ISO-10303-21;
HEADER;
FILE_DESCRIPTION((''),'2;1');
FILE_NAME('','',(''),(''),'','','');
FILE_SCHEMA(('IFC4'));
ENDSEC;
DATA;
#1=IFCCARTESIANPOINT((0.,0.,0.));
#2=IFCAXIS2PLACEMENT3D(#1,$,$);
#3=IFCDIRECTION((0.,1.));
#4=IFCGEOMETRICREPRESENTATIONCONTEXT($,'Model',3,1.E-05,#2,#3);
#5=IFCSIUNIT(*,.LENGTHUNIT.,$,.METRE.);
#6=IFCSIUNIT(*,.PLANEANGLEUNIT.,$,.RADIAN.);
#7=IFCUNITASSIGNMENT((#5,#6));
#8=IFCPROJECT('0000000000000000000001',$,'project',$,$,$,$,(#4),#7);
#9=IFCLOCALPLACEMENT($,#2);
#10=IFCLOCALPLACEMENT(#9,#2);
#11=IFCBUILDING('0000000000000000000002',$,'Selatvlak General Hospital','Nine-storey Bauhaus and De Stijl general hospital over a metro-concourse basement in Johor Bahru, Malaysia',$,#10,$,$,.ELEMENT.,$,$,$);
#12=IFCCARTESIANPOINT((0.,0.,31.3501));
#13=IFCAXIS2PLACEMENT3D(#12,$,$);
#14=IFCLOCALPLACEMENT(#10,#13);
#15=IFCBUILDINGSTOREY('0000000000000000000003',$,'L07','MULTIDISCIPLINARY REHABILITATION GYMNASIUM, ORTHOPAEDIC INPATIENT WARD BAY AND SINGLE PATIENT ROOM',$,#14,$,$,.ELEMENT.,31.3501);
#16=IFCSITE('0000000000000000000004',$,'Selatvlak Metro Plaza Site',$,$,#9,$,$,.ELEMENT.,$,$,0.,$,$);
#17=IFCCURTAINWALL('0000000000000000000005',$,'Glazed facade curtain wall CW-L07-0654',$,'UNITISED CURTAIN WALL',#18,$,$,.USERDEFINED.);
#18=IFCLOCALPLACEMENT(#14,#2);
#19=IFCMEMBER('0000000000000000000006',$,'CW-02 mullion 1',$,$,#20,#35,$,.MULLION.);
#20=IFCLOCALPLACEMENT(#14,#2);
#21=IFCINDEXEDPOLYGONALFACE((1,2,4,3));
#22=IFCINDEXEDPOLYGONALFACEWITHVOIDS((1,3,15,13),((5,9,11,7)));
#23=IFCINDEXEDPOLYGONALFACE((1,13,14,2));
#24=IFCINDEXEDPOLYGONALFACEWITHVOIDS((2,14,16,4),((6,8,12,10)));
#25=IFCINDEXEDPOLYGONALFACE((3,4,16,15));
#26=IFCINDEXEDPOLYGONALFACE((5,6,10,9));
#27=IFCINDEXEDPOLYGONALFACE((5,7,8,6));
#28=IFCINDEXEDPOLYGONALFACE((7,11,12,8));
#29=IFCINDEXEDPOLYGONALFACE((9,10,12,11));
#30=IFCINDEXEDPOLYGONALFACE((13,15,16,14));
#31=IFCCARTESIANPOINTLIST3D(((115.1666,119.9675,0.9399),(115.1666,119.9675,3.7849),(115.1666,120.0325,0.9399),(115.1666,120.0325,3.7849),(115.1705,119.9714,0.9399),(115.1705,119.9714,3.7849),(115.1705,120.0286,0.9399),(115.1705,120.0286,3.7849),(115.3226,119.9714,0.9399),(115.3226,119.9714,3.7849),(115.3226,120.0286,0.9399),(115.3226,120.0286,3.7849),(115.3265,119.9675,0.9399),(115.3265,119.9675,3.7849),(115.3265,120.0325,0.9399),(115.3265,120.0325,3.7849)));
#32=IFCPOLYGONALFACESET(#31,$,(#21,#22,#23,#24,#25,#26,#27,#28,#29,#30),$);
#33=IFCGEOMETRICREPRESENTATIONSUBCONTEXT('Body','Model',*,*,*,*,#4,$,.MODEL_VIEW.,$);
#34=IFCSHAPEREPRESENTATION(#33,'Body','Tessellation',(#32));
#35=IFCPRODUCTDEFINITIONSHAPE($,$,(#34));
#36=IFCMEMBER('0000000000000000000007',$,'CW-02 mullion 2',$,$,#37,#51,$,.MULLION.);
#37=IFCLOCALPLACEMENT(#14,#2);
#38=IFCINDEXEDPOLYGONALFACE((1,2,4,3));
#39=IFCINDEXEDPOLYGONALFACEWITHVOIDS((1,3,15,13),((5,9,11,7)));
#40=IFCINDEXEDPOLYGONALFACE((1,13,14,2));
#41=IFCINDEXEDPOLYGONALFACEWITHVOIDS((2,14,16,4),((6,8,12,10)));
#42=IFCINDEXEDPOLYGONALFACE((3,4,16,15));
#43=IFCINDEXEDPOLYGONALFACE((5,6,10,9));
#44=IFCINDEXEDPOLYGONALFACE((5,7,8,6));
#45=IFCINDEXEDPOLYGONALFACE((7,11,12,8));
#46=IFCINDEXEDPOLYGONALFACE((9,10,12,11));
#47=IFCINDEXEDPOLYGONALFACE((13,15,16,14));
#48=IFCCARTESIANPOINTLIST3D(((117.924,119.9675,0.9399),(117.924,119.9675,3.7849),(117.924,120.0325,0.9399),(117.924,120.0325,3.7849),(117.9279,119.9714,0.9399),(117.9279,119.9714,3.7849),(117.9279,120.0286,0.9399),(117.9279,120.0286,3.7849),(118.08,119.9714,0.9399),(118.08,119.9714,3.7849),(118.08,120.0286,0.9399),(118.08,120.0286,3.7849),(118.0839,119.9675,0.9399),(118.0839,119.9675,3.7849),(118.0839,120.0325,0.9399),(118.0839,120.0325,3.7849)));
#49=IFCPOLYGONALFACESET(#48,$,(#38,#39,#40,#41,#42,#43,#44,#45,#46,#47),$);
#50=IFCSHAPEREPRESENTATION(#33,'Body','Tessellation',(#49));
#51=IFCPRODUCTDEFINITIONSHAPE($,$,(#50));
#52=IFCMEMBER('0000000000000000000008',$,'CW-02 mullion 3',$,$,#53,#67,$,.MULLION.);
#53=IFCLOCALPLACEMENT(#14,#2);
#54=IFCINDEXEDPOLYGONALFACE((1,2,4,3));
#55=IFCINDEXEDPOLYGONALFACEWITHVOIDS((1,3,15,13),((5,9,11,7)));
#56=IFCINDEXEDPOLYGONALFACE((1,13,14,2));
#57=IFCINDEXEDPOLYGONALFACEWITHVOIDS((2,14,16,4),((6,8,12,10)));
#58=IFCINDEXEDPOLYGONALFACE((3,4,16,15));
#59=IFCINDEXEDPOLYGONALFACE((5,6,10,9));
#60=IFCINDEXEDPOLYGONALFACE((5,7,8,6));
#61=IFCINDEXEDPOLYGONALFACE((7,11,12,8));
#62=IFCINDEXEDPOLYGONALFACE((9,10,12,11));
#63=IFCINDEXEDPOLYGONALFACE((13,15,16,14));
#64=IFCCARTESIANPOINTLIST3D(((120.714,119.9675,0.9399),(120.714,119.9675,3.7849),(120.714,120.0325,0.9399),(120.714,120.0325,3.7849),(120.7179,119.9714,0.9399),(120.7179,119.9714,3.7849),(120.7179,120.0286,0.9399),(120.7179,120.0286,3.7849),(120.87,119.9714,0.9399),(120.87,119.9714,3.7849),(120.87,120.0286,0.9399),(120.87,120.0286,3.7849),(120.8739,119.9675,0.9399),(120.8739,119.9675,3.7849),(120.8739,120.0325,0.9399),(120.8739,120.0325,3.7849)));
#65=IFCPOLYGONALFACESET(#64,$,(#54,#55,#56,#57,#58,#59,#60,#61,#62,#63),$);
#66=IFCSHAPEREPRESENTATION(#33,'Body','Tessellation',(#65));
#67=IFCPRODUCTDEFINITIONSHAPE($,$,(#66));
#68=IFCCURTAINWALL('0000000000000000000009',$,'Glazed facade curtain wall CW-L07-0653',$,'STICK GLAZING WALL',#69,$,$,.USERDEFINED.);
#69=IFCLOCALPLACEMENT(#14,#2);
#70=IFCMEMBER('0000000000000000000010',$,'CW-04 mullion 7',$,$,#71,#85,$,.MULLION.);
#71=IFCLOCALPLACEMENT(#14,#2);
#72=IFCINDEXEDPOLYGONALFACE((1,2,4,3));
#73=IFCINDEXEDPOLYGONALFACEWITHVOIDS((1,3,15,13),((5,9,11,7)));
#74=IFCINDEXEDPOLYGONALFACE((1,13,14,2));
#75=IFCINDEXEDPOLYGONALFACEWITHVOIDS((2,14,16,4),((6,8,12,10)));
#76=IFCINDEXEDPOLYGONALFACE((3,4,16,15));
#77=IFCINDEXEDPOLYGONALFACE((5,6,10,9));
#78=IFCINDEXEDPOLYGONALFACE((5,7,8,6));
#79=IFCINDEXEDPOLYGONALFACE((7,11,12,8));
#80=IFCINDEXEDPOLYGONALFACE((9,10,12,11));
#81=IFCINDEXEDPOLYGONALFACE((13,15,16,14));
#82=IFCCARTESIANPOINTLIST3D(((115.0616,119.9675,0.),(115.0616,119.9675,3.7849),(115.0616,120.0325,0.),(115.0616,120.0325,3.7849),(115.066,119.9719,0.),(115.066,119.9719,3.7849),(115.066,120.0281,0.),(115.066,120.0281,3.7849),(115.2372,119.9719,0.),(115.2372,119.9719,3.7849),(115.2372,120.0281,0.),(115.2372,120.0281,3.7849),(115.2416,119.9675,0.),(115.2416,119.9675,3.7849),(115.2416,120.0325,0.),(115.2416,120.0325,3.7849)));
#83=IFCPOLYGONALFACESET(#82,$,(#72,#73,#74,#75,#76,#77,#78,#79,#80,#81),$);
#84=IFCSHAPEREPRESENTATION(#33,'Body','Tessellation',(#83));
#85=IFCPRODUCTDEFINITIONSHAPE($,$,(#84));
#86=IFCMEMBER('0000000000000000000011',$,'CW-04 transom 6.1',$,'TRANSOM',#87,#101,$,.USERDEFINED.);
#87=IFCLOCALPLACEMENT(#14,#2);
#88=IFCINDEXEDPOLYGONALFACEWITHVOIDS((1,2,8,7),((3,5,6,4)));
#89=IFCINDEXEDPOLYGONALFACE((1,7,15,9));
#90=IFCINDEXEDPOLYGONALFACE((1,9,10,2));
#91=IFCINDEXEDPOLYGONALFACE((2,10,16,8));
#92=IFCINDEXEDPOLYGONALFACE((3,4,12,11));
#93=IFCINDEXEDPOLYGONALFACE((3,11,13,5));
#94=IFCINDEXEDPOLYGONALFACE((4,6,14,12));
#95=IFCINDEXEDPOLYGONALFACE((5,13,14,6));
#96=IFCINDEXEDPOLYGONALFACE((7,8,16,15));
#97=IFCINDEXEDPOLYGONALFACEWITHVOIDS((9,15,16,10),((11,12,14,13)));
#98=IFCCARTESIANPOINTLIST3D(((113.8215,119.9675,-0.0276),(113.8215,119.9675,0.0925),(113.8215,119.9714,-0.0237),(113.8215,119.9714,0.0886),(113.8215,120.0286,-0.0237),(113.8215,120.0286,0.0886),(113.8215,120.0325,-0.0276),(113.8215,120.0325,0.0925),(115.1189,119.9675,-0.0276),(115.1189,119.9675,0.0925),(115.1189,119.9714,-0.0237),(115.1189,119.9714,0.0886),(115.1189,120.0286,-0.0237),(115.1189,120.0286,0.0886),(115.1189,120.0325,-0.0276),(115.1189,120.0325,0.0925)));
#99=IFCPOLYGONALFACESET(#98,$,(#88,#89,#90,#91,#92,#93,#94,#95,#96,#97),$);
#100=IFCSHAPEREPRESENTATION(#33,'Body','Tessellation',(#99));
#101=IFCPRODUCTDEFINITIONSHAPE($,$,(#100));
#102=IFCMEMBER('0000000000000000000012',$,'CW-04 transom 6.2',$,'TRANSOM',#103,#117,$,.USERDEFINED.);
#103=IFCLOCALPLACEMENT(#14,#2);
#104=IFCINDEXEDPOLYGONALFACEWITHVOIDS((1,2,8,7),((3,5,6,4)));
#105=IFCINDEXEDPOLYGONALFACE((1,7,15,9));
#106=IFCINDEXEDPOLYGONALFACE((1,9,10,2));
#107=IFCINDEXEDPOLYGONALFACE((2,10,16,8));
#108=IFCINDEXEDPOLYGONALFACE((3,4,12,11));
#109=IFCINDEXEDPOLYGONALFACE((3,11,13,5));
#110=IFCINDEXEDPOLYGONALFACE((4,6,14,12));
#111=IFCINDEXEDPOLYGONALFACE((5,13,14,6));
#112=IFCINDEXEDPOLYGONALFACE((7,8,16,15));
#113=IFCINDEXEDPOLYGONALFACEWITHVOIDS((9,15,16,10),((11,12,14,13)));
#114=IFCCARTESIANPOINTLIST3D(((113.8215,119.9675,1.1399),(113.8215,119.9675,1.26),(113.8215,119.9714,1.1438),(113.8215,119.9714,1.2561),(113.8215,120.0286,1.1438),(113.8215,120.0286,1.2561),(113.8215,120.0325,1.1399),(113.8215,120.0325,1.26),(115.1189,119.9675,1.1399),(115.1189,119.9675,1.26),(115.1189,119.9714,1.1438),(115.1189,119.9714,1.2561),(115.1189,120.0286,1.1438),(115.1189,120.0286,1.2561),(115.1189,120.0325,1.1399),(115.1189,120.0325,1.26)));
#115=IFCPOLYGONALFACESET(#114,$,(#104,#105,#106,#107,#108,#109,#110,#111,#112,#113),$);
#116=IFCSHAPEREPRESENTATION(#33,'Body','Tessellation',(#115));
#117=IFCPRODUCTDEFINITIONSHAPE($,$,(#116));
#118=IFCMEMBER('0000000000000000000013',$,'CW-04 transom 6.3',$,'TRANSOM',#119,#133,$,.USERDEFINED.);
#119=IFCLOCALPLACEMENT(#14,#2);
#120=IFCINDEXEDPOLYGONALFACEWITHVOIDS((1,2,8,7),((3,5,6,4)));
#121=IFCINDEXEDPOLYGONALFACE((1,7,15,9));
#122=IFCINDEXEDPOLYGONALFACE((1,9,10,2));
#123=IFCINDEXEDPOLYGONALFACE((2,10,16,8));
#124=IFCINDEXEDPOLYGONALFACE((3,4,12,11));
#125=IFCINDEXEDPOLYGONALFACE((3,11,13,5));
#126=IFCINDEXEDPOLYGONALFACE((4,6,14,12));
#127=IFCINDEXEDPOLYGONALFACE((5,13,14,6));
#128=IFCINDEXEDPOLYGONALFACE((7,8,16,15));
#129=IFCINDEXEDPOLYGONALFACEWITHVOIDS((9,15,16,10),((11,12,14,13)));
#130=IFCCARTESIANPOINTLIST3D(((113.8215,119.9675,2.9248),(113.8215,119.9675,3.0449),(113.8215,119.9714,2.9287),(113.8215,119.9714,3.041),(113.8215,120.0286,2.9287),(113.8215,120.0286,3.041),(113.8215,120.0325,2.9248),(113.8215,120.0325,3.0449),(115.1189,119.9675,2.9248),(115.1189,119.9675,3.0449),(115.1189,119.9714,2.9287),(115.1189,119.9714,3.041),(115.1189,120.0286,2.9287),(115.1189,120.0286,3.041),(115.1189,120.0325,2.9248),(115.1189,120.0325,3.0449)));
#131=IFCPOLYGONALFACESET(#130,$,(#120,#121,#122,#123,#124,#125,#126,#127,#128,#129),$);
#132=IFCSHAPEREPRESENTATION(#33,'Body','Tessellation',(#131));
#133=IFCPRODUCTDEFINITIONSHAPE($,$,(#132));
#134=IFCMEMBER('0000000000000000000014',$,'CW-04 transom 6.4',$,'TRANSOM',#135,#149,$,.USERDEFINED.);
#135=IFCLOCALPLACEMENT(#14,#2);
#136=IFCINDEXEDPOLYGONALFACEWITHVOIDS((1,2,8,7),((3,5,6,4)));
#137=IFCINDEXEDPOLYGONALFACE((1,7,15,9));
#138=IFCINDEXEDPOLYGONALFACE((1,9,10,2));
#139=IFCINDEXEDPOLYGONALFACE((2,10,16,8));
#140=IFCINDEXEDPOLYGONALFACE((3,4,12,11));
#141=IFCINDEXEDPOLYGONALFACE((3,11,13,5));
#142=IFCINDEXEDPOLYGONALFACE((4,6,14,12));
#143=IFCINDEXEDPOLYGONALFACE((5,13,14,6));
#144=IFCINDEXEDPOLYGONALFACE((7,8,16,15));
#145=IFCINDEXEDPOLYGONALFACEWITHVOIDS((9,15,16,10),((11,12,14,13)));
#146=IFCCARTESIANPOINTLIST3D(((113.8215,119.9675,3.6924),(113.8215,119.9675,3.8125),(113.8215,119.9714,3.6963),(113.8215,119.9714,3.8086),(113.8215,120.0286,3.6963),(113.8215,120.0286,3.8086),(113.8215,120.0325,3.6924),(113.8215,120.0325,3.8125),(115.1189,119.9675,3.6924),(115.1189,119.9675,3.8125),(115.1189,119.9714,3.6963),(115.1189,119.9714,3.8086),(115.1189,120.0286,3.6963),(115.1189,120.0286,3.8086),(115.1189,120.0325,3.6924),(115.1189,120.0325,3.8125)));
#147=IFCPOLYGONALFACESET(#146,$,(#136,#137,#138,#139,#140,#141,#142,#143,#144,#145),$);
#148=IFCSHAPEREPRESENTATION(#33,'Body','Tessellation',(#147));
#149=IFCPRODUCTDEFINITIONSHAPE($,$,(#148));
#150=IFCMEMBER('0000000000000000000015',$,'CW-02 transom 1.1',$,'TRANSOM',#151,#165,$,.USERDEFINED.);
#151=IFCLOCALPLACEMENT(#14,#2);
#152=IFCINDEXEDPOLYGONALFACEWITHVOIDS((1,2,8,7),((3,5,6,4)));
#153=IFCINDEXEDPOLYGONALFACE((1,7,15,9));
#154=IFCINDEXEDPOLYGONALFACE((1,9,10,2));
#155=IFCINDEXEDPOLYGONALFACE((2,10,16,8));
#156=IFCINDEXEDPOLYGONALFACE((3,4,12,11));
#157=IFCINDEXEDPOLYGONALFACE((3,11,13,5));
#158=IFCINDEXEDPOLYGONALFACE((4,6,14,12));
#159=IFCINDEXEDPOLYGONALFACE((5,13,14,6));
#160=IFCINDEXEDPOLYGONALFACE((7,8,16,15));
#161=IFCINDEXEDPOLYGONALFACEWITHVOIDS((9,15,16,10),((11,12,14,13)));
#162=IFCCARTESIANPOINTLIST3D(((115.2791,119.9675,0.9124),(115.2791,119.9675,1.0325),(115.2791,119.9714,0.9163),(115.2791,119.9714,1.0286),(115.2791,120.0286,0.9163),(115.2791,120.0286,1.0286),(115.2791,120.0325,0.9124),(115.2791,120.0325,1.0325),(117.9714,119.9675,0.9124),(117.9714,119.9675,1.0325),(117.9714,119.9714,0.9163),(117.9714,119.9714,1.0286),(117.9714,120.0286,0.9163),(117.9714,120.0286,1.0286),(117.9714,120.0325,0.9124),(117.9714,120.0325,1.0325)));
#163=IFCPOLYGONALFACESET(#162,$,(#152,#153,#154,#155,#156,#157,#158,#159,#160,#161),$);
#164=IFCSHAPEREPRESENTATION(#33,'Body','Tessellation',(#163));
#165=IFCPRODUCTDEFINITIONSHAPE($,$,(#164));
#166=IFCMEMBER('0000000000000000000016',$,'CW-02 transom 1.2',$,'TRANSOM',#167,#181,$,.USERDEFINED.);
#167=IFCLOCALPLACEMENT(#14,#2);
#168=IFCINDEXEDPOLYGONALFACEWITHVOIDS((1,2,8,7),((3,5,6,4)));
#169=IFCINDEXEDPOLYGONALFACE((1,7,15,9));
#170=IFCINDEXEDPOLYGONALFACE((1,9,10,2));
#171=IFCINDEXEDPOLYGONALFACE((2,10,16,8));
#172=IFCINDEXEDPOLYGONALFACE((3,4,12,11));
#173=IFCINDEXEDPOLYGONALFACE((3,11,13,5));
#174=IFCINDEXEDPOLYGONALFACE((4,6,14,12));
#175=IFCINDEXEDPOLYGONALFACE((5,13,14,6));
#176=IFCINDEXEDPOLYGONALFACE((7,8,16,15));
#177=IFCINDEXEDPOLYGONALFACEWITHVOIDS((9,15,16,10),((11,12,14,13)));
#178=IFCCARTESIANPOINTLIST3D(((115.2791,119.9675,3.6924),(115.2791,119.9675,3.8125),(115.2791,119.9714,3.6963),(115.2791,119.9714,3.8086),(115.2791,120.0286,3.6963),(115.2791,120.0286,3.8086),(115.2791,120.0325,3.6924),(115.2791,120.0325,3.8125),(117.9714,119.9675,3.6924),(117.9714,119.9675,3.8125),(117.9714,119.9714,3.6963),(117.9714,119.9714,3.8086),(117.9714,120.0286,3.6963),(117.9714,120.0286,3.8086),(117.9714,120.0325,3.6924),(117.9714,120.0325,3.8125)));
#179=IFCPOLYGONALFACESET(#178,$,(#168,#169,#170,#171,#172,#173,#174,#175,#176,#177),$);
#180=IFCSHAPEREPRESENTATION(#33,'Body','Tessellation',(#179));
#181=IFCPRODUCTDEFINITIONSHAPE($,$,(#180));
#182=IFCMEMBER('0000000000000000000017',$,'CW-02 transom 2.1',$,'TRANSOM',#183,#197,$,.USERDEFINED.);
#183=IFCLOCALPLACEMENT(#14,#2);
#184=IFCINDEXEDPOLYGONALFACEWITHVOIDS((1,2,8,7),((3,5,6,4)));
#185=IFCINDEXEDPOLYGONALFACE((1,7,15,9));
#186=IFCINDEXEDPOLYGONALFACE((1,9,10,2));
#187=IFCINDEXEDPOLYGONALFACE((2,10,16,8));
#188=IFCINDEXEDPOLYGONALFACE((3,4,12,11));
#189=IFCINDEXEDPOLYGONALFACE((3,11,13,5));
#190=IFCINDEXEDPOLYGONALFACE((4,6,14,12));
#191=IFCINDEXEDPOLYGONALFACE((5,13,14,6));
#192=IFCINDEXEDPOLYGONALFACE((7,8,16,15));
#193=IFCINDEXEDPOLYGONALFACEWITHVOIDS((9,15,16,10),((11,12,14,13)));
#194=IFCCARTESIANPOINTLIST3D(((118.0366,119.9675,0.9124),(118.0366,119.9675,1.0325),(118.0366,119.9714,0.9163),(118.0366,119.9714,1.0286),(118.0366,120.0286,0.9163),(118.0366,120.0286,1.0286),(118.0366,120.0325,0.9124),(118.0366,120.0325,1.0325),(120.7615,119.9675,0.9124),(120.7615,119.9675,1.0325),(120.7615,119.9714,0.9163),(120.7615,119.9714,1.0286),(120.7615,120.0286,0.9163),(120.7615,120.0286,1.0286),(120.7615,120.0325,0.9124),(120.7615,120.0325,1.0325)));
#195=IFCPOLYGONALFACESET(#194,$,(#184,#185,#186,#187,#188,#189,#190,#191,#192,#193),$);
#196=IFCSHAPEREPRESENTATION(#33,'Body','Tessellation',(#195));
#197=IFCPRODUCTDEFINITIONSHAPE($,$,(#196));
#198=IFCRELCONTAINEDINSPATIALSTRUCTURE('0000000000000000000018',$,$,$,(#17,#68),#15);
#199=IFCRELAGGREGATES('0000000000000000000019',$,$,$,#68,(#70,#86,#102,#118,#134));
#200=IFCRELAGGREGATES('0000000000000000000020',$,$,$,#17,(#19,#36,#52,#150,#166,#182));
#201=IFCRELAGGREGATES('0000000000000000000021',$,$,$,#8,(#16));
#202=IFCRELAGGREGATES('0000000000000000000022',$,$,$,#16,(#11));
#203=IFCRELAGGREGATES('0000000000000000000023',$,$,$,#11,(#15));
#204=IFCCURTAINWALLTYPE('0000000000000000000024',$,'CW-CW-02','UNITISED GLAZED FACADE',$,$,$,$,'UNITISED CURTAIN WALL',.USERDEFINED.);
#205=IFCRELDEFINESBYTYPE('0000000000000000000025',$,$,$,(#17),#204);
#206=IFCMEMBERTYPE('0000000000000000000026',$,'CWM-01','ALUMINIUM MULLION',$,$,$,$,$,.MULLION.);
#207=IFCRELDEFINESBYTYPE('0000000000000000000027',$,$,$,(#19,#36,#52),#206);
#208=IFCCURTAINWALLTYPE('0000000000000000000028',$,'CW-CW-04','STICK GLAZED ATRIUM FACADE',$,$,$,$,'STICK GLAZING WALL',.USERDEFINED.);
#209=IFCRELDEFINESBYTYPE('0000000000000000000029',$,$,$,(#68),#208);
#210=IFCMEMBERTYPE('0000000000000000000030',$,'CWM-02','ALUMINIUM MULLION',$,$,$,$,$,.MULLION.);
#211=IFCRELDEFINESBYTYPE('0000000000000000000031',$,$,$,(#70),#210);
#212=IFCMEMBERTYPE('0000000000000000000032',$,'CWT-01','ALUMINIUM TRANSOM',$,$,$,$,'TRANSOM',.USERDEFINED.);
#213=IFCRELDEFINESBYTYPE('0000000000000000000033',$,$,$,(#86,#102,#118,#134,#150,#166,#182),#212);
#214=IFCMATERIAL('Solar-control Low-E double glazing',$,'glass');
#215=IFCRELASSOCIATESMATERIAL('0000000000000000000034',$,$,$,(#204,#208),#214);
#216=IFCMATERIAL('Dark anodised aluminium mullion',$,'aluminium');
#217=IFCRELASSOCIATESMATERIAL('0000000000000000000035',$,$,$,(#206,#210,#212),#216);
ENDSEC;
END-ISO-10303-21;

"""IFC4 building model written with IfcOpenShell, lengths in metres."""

from ifc_helpers import new_model, si_unit, direction, frame, origin, origin_2d, place, context, subcontext, project, spatial, hollow_rectangle, extrude, material, material_profile, profile_set, type_object, element, aggregate, save


model = new_model("IFC4")

# Units and contexts
model_context = context("Model", 3, precision=1e-05, world=origin(), true_north=direction((0.0, 1.0)))
body_context = subcontext(model_context, "Body", "Model", "MODEL_VIEW")
ifc_project = project(units=[si_unit("LENGTHUNIT", "METRE"), si_unit("PLANEANGLEUNIT", "RADIAN")], contexts=[model_context])

# Site, building, storey
site_placement = place(None, origin())
site = spatial("IfcSite", under=ifc_project, at=site_placement, Name="Selatvlak Metro Plaza Site", CompositionType="ELEMENT", RefElevation=0.0)
building_placement = place(site_placement, origin())
building = spatial("IfcBuilding", under=site, at=building_placement, Name="Selatvlak General Hospital", Description="Nine-storey Bauhaus and De Stijl general hospital over a metro-concourse basement in Johor Bahru, Malaysia", CompositionType="ELEMENT")
storey_placement = place(building_placement, frame((0.0, 0.0, 31.3501)))
storey = spatial("IfcBuildingStorey", under=building, at=storey_placement, Name="L07", Description="MULTIDISCIPLINARY REHABILITATION GYMNASIUM, ORTHOPAEDIC INPATIENT WARD BAY AND SINGLE PATIENT ROOM", CompositionType="ELEMENT", Elevation=31.3501)

# Curtain walls, members
ifc_material_1 = material(Name="Solar-control Low-E double glazing", Category="glass")
curtain_wall_type_1 = type_object("IfcCurtainWallType", Name="CW-CW-02", Description="UNITISED GLAZED FACADE", ElementType="UNITISED CURTAIN WALL", PredefinedType="USERDEFINED", material=ifc_material_1)
curtain_wall_1_placement = place(storey_placement, origin())
curtain_wall_1 = element("IfcCurtainWall", 1, at=curtain_wall_1_placement, inside=storey, type_object=curtain_wall_type_1, Name="Glazed facade curtain wall CW-L07-0654", ObjectType="UNITISED CURTAIN WALL", PredefinedType="USERDEFINED")
ifc_material_2 = material(Name="Dark anodised aluminium mullion", Category="aluminium")
ifc_material_profile_1 = material_profile(ifc_material_2, hollow_rectangle(XDim=0.0649, YDim=0.1599, WallThickness=0.0039, at=origin_2d()), Name="AL-MUL 65x160x4")
ifc_profile_set_1 = profile_set([ifc_material_profile_1], Name="Dark anodised aluminium mullion")
member_type_1 = type_object("IfcMemberType", Name="CWM-01", Description="ALUMINIUM MULLION", PredefinedType="MULLION", material=ifc_profile_set_1)
member_1_placement = place(storey_placement, frame((115.2466, 120.0, 0.9399), z_axis=(0.0, 0.0, 1.0), x_axis=(0.0, 1.0, 0.0)))
member_1 = element("IfcMember", 2, at=member_1_placement, type_object=member_type_1, Name="CW-02 mullion 1", PredefinedType="MULLION", context=body_context, shape_type="SweptSolid", body=[
    extrude(hollow_rectangle(XDim=0.0649, YDim=0.1599, WallThickness=0.0039, at=origin_2d()), origin(), (0.0, 0.0, 1.0), 2.845),
])
member_2_placement = place(storey_placement, frame((118.0039, 120.0, 0.9399), z_axis=(0.0, 0.0, 1.0), x_axis=(0.0, 1.0, 0.0)))
member_2 = element("IfcMember", 3, at=member_2_placement, type_object=member_type_1, Name="CW-02 mullion 2", PredefinedType="MULLION", context=body_context, shape_type="SweptSolid", body=[
    extrude(hollow_rectangle(XDim=0.0649, YDim=0.1599, WallThickness=0.0039, at=origin_2d()), origin(), (0.0, 0.0, 1.0), 2.845),
])
member_3_placement = place(storey_placement, frame((120.7939, 120.0, 0.9399), z_axis=(0.0, 0.0, 1.0), x_axis=(0.0, 1.0, 0.0)))
member_3 = element("IfcMember", 4, at=member_3_placement, type_object=member_type_1, Name="CW-02 mullion 3", PredefinedType="MULLION", context=body_context, shape_type="SweptSolid", body=[
    extrude(hollow_rectangle(XDim=0.0649, YDim=0.1599, WallThickness=0.0039, at=origin_2d()), origin(), (0.0, 0.0, 1.0), 2.845),
])
curtain_wall_type_2 = type_object("IfcCurtainWallType", Name="CW-CW-04", Description="STICK GLAZED ATRIUM FACADE", ElementType="STICK GLAZING WALL", PredefinedType="USERDEFINED", material=ifc_material_1)
curtain_wall_2_placement = place(storey_placement, origin())
curtain_wall_2 = element("IfcCurtainWall", 5, at=curtain_wall_2_placement, inside=storey, type_object=curtain_wall_type_2, Name="Glazed facade curtain wall CW-L07-0653", ObjectType="STICK GLAZING WALL", PredefinedType="USERDEFINED")
ifc_material_profile_2 = material_profile(ifc_material_2, hollow_rectangle(XDim=0.0649, YDim=0.1799, WallThickness=0.0044, at=origin_2d()), Name="AL-MUL 65x180x4.5")
ifc_profile_set_2 = profile_set([ifc_material_profile_2], Name="Dark anodised aluminium mullion")
member_type_2 = type_object("IfcMemberType", Name="CWM-02", Description="ALUMINIUM MULLION", PredefinedType="MULLION", material=ifc_profile_set_2)
member_4_placement = place(storey_placement, frame((115.1516, 120.0, 0.0), z_axis=(0.0, 0.0, 1.0), x_axis=(0.0, 1.0, 0.0)))
member_4 = element("IfcMember", 6, at=member_4_placement, type_object=member_type_2, Name="CW-04 mullion 7", PredefinedType="MULLION", context=body_context, shape_type="SweptSolid", body=[
    extrude(hollow_rectangle(XDim=0.0649, YDim=0.1799, WallThickness=0.0044, at=origin_2d()), origin(), (0.0, 0.0, 1.0), 3.7849),
])
ifc_material_profile_3 = material_profile(ifc_material_2, hollow_rectangle(XDim=0.0649, YDim=0.1201, WallThickness=0.0039, at=origin_2d()), Name="AL-TRN 65x120x4")
ifc_profile_set_3 = profile_set([ifc_material_profile_3], Name="Dark anodised aluminium mullion")
member_type_3 = type_object("IfcMemberType", Name="CWT-01", Description="ALUMINIUM TRANSOM", ElementType="TRANSOM", PredefinedType="USERDEFINED", material=ifc_profile_set_3)
member_5_placement = place(storey_placement, frame((113.8215, 120.0, 0.0325), z_axis=(1.0, 0.0, 0.0), x_axis=(0.0, 1.0, 0.0)))
member_5 = element("IfcMember", 7, at=member_5_placement, type_object=member_type_3, Name="CW-04 transom 6.1", ObjectType="TRANSOM", PredefinedType="USERDEFINED", context=body_context, shape_type="SweptSolid", body=[
    extrude(hollow_rectangle(XDim=0.0649, YDim=0.1201, WallThickness=0.0039, at=origin_2d()), origin(), (0.0, 0.0, 1.0), 1.2974),
])
member_6_placement = place(storey_placement, frame((113.8215, 120.0, 1.2), z_axis=(1.0, 0.0, 0.0), x_axis=(0.0, 1.0, 0.0)))
member_6 = element("IfcMember", 8, at=member_6_placement, type_object=member_type_3, Name="CW-04 transom 6.2", ObjectType="TRANSOM", PredefinedType="USERDEFINED", context=body_context, shape_type="SweptSolid", body=[
    extrude(hollow_rectangle(XDim=0.0649, YDim=0.1201, WallThickness=0.0039, at=origin_2d()), origin(), (0.0, 0.0, 1.0), 1.2974),
])
member_7_placement = place(storey_placement, frame((113.8215, 120.0, 2.9849), z_axis=(1.0, 0.0, 0.0), x_axis=(0.0, 1.0, 0.0)))
member_7 = element("IfcMember", 9, at=member_7_placement, type_object=member_type_3, Name="CW-04 transom 6.3", ObjectType="TRANSOM", PredefinedType="USERDEFINED", context=body_context, shape_type="SweptSolid", body=[
    extrude(hollow_rectangle(XDim=0.0649, YDim=0.1201, WallThickness=0.0039, at=origin_2d()), origin(), (0.0, 0.0, 1.0), 1.2974),
])
member_8_placement = place(storey_placement, frame((113.8215, 120.0, 3.7524), z_axis=(1.0, 0.0, 0.0), x_axis=(0.0, 1.0, 0.0)))
member_8 = element("IfcMember", 10, at=member_8_placement, type_object=member_type_3, Name="CW-04 transom 6.4", ObjectType="TRANSOM", PredefinedType="USERDEFINED", context=body_context, shape_type="SweptSolid", body=[
    extrude(hollow_rectangle(XDim=0.0649, YDim=0.1201, WallThickness=0.0039, at=origin_2d()), origin(), (0.0, 0.0, 1.0), 1.2974),
])

# Members
member_9_placement = place(storey_placement, frame((115.2791, 120.0, 0.9724), z_axis=(1.0, 0.0, 0.0), x_axis=(0.0, 1.0, 0.0)))
member_9 = element("IfcMember", 11, at=member_9_placement, type_object=member_type_3, Name="CW-02 transom 1.1", ObjectType="TRANSOM", PredefinedType="USERDEFINED", context=body_context, shape_type="SweptSolid", body=[
    extrude(hollow_rectangle(XDim=0.0649, YDim=0.1201, WallThickness=0.0039, at=origin_2d()), origin(), (0.0, 0.0, 1.0), 2.6924),
])
member_10_placement = place(storey_placement, frame((115.2791, 120.0, 3.7524), z_axis=(1.0, 0.0, 0.0), x_axis=(0.0, 1.0, 0.0)))
member_10 = element("IfcMember", 12, at=member_10_placement, type_object=member_type_3, Name="CW-02 transom 1.2", ObjectType="TRANSOM", PredefinedType="USERDEFINED", context=body_context, shape_type="SweptSolid", body=[
    extrude(hollow_rectangle(XDim=0.0649, YDim=0.1201, WallThickness=0.0039, at=origin_2d()), origin(), (0.0, 0.0, 1.0), 2.6924),
])
member_11_placement = place(storey_placement, frame((118.0366, 120.0, 0.9724), z_axis=(1.0, 0.0, 0.0), x_axis=(0.0, 1.0, 0.0)))
member_11 = element("IfcMember", 13, at=member_11_placement, type_object=member_type_3, Name="CW-02 transom 2.1", ObjectType="TRANSOM", PredefinedType="USERDEFINED", context=body_context, shape_type="SweptSolid", body=[
    extrude(hollow_rectangle(XDim=0.0649, YDim=0.1201, WallThickness=0.0039, at=origin_2d()), origin(), (0.0, 0.0, 1.0), 2.7249),
])

aggregate(curtain_wall_2, [member_4, member_5, member_6, member_7, member_8])
aggregate(curtain_wall_1, [member_1, member_2, member_3, member_9, member_10, member_11])

save(model, "model.ifc")
